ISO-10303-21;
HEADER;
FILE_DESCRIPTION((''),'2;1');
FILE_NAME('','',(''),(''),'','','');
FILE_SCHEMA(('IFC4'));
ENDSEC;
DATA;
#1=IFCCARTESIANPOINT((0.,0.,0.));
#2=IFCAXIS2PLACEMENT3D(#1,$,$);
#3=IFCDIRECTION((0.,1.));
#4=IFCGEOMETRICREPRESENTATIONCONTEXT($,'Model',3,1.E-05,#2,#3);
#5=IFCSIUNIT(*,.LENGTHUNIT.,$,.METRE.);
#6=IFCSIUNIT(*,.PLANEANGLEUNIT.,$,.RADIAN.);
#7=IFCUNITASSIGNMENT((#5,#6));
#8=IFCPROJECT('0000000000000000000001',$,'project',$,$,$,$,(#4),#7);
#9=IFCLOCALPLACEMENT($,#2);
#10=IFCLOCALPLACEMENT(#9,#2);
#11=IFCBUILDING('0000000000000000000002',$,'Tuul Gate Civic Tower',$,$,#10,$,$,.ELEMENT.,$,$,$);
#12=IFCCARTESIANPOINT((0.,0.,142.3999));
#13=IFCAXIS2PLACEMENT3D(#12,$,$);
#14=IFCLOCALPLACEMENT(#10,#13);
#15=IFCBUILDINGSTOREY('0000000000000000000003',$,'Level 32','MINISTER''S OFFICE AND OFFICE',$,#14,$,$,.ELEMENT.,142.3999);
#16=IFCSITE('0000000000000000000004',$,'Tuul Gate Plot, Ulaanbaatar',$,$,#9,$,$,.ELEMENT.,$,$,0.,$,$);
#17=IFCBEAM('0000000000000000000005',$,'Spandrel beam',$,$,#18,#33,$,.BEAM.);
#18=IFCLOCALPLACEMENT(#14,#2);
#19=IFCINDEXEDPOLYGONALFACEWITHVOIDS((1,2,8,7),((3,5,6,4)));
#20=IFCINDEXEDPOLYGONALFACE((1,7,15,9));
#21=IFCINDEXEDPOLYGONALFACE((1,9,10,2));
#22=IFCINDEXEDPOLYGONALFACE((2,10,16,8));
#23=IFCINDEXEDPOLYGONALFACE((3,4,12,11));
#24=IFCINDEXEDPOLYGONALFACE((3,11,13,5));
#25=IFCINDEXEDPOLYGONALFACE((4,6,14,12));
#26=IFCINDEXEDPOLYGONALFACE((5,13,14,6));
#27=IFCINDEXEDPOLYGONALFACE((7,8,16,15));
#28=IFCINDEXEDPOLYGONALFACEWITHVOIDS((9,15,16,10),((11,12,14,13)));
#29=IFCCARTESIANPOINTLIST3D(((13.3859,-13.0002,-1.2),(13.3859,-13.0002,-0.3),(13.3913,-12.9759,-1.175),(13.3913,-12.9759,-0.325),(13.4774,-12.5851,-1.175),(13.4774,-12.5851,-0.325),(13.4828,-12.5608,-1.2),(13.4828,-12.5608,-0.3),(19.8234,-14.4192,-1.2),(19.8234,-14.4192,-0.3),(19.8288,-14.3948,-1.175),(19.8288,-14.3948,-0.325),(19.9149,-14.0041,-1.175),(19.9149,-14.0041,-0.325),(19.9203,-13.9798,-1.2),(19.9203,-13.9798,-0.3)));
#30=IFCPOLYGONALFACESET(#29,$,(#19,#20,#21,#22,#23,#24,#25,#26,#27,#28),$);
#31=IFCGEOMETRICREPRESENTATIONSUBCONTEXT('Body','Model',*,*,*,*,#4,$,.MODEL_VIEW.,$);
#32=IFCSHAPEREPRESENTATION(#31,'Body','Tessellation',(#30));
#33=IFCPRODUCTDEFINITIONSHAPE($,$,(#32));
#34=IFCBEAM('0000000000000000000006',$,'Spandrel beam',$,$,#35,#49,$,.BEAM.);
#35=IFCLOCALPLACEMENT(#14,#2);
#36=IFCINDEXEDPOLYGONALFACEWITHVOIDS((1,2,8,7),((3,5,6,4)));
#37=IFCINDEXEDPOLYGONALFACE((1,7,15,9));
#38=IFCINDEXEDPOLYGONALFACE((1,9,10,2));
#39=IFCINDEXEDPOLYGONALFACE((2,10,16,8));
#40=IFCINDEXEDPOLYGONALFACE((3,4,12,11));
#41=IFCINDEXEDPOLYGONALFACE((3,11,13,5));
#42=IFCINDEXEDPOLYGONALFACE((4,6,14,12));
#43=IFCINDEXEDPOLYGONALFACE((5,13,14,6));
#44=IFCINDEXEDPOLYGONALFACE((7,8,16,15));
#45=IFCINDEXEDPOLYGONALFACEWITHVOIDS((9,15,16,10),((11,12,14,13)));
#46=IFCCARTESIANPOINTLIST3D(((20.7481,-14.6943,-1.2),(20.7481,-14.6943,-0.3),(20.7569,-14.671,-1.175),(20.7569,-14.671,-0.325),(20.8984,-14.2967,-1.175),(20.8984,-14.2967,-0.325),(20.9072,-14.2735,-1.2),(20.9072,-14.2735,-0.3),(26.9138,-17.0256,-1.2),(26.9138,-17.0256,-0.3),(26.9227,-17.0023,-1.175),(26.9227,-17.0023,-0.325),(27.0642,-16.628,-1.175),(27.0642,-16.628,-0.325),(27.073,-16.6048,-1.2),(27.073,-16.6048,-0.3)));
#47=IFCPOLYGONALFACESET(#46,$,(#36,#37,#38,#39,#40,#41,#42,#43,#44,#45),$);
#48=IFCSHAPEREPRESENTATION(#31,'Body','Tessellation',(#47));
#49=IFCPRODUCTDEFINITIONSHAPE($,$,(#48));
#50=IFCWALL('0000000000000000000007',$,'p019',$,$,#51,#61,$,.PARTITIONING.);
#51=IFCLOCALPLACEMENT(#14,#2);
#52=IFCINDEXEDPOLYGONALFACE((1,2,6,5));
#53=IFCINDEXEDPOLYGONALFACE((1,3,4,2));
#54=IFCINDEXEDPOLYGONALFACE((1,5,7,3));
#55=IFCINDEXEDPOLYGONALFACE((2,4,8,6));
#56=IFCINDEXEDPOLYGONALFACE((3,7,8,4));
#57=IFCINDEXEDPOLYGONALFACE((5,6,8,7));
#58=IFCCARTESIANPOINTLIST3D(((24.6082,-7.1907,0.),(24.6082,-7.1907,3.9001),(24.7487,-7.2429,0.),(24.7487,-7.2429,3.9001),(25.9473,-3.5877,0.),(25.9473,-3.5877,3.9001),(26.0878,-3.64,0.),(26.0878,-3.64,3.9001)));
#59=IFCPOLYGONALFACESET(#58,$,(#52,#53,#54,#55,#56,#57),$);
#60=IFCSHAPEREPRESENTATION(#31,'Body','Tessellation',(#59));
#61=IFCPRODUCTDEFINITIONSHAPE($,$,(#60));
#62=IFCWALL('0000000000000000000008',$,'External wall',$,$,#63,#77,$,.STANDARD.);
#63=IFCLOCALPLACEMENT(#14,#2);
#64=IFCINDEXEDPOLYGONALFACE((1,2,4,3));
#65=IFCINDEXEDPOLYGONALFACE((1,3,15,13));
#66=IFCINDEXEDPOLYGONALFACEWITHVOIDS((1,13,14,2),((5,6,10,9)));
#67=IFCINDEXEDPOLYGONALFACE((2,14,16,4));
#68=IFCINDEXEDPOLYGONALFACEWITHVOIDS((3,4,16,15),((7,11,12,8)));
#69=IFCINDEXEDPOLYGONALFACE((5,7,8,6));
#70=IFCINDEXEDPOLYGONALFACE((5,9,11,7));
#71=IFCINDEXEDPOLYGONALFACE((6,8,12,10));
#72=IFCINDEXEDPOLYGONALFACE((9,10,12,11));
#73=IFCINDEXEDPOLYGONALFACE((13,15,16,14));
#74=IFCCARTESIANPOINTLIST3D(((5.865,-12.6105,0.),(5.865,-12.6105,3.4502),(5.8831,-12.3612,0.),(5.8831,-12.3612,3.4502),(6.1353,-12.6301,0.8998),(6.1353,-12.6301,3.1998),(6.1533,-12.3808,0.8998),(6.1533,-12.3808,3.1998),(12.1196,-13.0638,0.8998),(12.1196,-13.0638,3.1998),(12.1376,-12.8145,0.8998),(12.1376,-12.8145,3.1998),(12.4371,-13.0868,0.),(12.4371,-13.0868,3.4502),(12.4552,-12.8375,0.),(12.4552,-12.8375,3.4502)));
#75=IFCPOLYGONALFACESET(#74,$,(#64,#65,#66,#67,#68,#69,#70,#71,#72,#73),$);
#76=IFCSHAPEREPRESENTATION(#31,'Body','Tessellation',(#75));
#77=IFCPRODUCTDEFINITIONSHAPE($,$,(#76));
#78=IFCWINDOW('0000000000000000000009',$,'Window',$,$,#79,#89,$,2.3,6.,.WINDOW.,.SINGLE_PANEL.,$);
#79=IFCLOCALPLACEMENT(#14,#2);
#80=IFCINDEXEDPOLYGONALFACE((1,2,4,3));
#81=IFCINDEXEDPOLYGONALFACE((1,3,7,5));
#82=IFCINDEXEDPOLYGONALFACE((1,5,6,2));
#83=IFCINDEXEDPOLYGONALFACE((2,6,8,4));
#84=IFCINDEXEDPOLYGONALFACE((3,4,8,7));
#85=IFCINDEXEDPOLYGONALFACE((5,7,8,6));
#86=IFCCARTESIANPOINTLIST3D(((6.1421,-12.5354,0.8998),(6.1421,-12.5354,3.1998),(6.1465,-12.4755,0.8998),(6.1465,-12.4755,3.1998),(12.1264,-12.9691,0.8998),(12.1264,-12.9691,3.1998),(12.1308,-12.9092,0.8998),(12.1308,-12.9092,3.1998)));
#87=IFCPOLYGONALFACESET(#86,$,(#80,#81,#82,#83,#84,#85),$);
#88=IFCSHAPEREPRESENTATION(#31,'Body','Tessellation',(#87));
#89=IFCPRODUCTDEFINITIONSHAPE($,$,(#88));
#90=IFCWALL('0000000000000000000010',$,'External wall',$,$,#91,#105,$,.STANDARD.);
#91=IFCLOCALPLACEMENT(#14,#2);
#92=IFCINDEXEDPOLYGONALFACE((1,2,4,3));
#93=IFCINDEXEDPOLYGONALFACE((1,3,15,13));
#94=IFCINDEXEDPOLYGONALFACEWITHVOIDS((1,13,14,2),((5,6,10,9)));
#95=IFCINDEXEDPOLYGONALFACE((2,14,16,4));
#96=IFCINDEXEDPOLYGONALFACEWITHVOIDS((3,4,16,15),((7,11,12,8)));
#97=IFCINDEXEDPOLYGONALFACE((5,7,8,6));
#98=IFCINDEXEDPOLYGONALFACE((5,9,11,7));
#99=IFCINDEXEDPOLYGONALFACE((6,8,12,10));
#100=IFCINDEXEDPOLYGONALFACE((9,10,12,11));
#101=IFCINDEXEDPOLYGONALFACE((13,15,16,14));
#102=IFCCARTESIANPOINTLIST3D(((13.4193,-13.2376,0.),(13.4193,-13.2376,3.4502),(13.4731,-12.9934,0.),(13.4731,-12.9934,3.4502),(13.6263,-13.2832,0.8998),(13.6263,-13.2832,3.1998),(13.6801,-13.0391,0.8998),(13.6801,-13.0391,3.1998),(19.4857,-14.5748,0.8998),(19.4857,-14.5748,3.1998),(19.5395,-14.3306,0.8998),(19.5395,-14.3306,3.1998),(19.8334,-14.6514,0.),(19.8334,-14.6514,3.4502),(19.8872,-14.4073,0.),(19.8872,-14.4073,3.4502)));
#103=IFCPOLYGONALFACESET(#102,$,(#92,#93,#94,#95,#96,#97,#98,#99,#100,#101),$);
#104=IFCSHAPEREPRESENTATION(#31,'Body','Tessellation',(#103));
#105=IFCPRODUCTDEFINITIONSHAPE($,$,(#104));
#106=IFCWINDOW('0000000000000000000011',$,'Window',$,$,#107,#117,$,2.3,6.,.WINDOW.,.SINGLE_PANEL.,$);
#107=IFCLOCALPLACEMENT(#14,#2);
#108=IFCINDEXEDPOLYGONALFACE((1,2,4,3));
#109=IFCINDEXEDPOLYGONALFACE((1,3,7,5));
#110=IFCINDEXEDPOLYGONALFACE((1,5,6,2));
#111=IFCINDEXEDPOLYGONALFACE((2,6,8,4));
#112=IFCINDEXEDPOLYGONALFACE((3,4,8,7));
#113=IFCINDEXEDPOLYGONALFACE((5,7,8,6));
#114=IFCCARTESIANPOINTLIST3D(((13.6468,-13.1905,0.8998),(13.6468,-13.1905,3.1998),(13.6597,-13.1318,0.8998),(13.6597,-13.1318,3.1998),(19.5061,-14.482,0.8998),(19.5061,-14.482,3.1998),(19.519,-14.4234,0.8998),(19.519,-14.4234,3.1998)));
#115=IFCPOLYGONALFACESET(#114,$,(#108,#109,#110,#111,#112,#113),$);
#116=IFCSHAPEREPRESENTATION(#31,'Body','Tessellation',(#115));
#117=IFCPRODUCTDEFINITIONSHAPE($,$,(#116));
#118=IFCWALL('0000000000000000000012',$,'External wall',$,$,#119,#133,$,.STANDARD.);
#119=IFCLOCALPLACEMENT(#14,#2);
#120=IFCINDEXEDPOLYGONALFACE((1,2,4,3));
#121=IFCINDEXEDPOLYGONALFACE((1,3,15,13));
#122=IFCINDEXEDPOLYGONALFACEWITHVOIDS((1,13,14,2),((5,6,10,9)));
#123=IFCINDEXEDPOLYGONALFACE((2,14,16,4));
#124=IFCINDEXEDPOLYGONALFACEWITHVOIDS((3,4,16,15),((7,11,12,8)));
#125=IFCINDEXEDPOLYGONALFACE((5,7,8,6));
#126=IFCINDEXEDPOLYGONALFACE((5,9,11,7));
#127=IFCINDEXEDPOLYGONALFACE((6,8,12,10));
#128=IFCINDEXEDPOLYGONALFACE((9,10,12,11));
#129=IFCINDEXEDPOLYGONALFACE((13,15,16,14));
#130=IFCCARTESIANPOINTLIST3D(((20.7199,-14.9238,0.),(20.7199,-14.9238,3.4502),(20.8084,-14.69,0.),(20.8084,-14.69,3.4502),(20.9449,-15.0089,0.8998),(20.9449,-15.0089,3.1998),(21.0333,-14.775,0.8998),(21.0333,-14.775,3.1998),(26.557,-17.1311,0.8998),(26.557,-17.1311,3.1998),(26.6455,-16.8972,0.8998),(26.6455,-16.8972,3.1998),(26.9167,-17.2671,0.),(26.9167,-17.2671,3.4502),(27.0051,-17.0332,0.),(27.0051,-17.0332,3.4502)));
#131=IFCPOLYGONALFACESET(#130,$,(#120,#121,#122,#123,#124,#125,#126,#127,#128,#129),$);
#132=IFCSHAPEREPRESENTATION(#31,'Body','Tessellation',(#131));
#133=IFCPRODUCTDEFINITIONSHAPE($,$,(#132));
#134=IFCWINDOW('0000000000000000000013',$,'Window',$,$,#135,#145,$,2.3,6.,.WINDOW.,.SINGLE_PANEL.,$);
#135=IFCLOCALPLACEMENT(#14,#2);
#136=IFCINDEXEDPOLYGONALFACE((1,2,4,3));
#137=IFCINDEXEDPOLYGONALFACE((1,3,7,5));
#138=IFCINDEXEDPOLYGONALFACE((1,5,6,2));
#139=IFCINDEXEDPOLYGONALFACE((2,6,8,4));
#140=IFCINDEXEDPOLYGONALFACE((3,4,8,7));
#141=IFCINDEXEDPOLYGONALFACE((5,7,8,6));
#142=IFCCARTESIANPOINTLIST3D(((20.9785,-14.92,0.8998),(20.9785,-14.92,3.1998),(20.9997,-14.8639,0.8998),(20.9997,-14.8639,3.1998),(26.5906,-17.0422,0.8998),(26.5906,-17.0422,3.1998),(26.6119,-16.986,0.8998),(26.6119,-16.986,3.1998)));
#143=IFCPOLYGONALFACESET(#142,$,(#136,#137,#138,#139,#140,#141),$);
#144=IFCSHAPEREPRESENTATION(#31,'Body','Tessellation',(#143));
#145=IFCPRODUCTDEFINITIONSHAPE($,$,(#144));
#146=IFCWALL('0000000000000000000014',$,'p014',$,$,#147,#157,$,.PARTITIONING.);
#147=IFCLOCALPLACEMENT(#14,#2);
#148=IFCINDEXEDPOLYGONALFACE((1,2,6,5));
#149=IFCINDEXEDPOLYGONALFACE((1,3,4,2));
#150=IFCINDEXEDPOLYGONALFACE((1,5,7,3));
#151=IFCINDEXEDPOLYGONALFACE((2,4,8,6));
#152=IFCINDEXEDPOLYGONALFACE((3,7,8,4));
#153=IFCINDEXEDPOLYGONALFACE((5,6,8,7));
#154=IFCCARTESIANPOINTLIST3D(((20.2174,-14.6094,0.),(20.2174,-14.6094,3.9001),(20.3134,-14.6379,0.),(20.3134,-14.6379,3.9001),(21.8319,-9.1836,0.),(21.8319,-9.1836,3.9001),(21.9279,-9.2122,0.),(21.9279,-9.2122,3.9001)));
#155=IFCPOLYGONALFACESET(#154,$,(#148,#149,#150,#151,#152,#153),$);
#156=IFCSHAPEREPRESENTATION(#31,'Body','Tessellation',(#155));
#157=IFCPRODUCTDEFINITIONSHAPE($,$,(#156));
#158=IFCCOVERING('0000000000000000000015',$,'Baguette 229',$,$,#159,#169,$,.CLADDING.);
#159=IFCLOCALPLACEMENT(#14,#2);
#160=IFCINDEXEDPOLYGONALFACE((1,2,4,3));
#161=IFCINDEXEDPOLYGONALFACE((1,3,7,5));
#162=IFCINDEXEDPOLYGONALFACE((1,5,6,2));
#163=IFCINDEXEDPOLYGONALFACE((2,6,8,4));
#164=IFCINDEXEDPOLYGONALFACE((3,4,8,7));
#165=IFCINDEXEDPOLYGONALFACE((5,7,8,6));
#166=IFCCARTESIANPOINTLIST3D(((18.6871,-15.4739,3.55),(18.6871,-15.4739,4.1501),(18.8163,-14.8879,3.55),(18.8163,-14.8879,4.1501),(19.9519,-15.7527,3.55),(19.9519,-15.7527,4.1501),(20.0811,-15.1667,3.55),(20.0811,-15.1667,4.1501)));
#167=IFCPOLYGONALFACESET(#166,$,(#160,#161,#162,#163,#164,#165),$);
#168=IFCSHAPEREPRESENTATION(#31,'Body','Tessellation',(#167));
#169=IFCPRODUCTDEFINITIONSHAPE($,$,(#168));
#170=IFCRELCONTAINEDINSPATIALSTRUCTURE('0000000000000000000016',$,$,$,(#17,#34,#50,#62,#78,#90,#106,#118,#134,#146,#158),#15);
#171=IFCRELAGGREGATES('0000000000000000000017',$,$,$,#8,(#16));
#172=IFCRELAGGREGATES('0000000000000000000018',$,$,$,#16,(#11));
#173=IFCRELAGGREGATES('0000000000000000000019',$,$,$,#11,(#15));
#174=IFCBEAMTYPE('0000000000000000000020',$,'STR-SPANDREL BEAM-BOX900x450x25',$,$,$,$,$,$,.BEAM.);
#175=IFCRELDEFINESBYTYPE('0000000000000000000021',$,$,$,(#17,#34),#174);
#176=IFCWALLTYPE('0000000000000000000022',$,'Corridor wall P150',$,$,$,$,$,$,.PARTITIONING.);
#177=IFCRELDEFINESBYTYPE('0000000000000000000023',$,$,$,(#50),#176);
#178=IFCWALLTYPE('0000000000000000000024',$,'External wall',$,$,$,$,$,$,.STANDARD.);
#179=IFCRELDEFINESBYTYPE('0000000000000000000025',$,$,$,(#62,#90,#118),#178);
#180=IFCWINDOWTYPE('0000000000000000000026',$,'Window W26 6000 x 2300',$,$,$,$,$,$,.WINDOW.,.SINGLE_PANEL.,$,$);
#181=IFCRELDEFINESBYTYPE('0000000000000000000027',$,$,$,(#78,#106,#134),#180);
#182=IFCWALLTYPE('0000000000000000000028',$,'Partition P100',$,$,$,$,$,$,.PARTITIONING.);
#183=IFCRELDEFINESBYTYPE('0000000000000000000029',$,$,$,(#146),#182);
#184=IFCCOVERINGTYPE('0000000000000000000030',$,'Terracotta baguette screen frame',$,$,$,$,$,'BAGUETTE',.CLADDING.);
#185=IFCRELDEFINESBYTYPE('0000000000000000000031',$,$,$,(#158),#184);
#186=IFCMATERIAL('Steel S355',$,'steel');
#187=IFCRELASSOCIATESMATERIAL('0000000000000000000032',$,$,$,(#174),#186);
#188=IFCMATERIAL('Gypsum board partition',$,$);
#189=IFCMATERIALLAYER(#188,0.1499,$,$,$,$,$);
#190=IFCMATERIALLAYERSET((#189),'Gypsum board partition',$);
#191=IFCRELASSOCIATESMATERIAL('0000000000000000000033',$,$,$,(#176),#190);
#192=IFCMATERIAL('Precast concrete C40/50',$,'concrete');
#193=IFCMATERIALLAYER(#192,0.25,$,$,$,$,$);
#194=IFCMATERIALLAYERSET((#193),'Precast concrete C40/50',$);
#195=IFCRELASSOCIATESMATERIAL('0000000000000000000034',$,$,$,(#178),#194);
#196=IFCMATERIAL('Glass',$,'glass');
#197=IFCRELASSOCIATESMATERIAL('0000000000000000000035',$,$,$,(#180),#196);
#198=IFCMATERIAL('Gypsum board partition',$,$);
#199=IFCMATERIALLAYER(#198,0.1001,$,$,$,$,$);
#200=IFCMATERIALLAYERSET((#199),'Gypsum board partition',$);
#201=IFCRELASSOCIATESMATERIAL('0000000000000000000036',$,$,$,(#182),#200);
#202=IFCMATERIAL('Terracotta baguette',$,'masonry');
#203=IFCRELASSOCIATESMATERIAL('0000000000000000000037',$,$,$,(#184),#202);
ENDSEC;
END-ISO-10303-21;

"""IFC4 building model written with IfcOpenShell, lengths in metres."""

from ifc_helpers import new_model, si_unit, direction, frame, frame_2d, origin, origin_2d, place, context, subcontext, project, spatial, rectangle, hollow_rectangle, extrude, material, layer, layer_set, material_profile, profile_set, type_object, element, fill, save


model = new_model("IFC4")

# Units and contexts
model_context = context("Model", 3, precision=1e-05, world=origin(), true_north=direction((0.0, 1.0)))
body_context = subcontext(model_context, "Body", "Model", "MODEL_VIEW")
ifc_project = project(units=[si_unit("LENGTHUNIT", "METRE"), si_unit("PLANEANGLEUNIT", "RADIAN")], contexts=[model_context])

# Site, building, storey
site_placement = place(None, origin())
site = spatial("IfcSite", under=ifc_project, at=site_placement, Name="Tuul Gate Plot, Ulaanbaatar", CompositionType="ELEMENT", RefElevation=0.0)
building_placement = place(site_placement, origin())
building = spatial("IfcBuilding", under=site, at=building_placement, Name="Tuul Gate Civic Tower", CompositionType="ELEMENT")
storey_placement = place(building_placement, frame((0.0, 0.0, 142.3999)))
storey = spatial("IfcBuildingStorey", under=building, at=storey_placement, Name="Level 32", Description="MINISTER'S OFFICE AND OFFICE", CompositionType="ELEMENT", Elevation=142.3999)

# Beams
ifc_material_1 = material(Name="Steel S355", Category="steel")
ifc_material_profile_1 = material_profile(ifc_material_1, hollow_rectangle(XDim=0.45, YDim=0.8999, WallThickness=0.0249, at=origin_2d()), Name="BOX900x450x25")
ifc_profile_set_1 = profile_set([ifc_material_profile_1], Name="Steel S355")
beam_type_1 = type_object("IfcBeamType", Name="STR-SPANDREL BEAM-BOX900x450x25", PredefinedType="BEAM", material=ifc_profile_set_1)
beam_1_placement = place(storey_placement, frame((13.4343, -12.7805, -0.75), z_axis=(0.976559, -0.215252, 0.0), x_axis=(0.215252, 0.976559, 0.0)))
element("IfcBeam", 1, at=beam_1_placement, inside=storey, type_object=beam_type_1, Name="Spandrel beam", PredefinedType="BEAM", context=body_context, shape_type="SweptSolid", body=[
    extrude(hollow_rectangle(XDim=0.45, YDim=0.8999, WallThickness=0.0249, at=origin_2d()), origin(), (0.0, 0.0, 1.0), 6.592),
])
beam_2_placement = place(storey_placement, frame((20.8276, -14.4839, -0.75), z_axis=(0.935371, -0.353667, 0.0), x_axis=(0.353667, 0.935371, 0.0)))
element("IfcBeam", 2, at=beam_2_placement, inside=storey, type_object=beam_type_1, Name="Spandrel beam", PredefinedType="BEAM", context=body_context, shape_type="SweptSolid", body=[
    extrude(hollow_rectangle(XDim=0.45, YDim=0.8999, WallThickness=0.0249, at=origin_2d()), origin(), (0.0, 0.0, 1.0), 6.5918),
])

# Wall
ifc_material_2 = material(Name="Gypsum board partition")
ifc_layer_1 = layer(ifc_material_2, 0.1499)
ifc_layer_set_1 = layer_set([ifc_layer_1], Name="Gypsum board partition")
wall_type_1 = type_object("IfcWallType", Name="Corridor wall P150", PredefinedType="PARTITIONING", material=ifc_layer_set_1)
wall_1_placement = place(storey_placement, frame((24.6785, -7.2168, 0.0), z_axis=(0.0, 0.0, 1.0), x_axis=(0.348379, 0.937354, 0.0)))
element("IfcWall", 3, at=wall_1_placement, inside=storey, type_object=wall_type_1, Name="p019", PredefinedType="PARTITIONING", context=body_context, shape_type="SweptSolid", body=[
    extrude(rectangle(XDim=3.8438, YDim=0.1499, at=frame_2d((1.9219, 0.0))), origin(), (0.0, 0.0, 1.0), 3.9001),
])

# Walls, openings, windows
ifc_material_3 = material(Name="Precast concrete C40/50", Category="concrete")
ifc_layer_2 = layer(ifc_material_3, 0.25)
ifc_layer_set_2 = layer_set([ifc_layer_2], Name="Precast concrete C40/50")
wall_type_2 = type_object("IfcWallType", Name="External wall", PredefinedType="STANDARD", material=ifc_layer_set_2)
wall_2_placement = place(storey_placement, frame((5.874, -12.4858, 0.0), z_axis=(0.0, 0.0, 1.0), x_axis=(0.997384, -0.072287, 0.0)))
wall_2 = element("IfcWall", 4, at=wall_2_placement, inside=storey, type_object=wall_type_2, Name="External wall", PredefinedType="STANDARD", context=body_context, shape_type="SweptSolid", body=[
    extrude(rectangle(XDim=6.5894, YDim=0.25, at=frame_2d((3.2947, 0.0))), origin(), (0.0, 0.0, 1.0), 3.4502),
])
opening_1_placement = place(wall_2_placement, frame((0.271, 0.0, 0.8999)))
opening_1 = element("IfcOpeningElement", 5, at=opening_1_placement, cuts=wall_2, PredefinedType="OPENING", context=body_context, shape_type="SweptSolid", body=[
    extrude(rectangle(XDim=6.0, YDim=2.3, at=frame_2d((3.0, 1.1499))), frame((0.0, 0.135, 0.0), z_axis=(0.0, -1.0, 0.0), x_axis=(1.0, 0.0, 0.0)), (0.0, 0.0, 1.0), 0.27),
])
ifc_material_4 = material(Name="Glass", Category="glass")
window_type = type_object("IfcWindowType", Name="Window W26 6000 x 2300", PartitioningType="SINGLE_PANEL", PredefinedType="WINDOW", material=ifc_material_4)
window_1_placement = place(opening_1_placement, origin())
window_1 = element("IfcWindow", 6, at=window_1_placement, inside=storey, type_object=window_type, Name="Window", OverallHeight=2.3, OverallWidth=6.0, PartitioningType="SINGLE_PANEL", PredefinedType="WINDOW", context=body_context, shape_type="SweptSolid", body=[
    extrude(rectangle(XDim=6.0, YDim=2.3, at=frame_2d((3.0, 1.1499))), frame((0.0, 0.03, 0.0), z_axis=(0.0, -1.0, 0.0), x_axis=(1.0, 0.0, 0.0)), (0.0, 0.0, 1.0), 0.0601),
])
fill(opening_1, window_1)
wall_3_placement = place(storey_placement, frame((13.446, -13.1155, 0.0), z_axis=(0.0, 0.0, 1.0), x_axis=(0.976557, -0.215257, 0.0)))
wall_3 = element("IfcWall", 7, at=wall_3_placement, inside=storey, type_object=wall_type_2, Name="External wall", PredefinedType="STANDARD", context=body_context, shape_type="SweptSolid", body=[
    extrude(rectangle(XDim=6.5681, YDim=0.25, at=frame_2d((3.2842, 0.0))), origin(), (0.0, 0.0, 1.0), 3.4502),
])
opening_2_placement = place(wall_3_placement, frame((0.2122, 0.0, 0.8999)))
opening_2 = element("IfcOpeningElement", 8, at=opening_2_placement, cuts=wall_3, PredefinedType="OPENING", context=body_context, shape_type="SweptSolid", body=[
    extrude(rectangle(XDim=6.0, YDim=2.3, at=frame_2d((3.0, 1.1499))), frame((0.0, 0.135, 0.0), z_axis=(0.0, -1.0, 0.0), x_axis=(1.0, 0.0, 0.0)), (0.0, 0.0, 1.0), 0.27),
])
window_2_placement = place(opening_2_placement, origin())
window_2 = element("IfcWindow", 9, at=window_2_placement, inside=storey, type_object=window_type, Name="Window", OverallHeight=2.3, OverallWidth=6.0, PartitioningType="SINGLE_PANEL", PredefinedType="WINDOW", context=body_context, shape_type="SweptSolid", body=[
    extrude(rectangle(XDim=6.0, YDim=2.3, at=frame_2d((3.0, 1.1499))), frame((0.0, 0.03, 0.0), z_axis=(0.0, -1.0, 0.0), x_axis=(1.0, 0.0, 0.0)), (0.0, 0.0, 1.0), 0.0601),
])
fill(opening_2, window_2)
wall_4_placement = place(storey_placement, frame((20.7642, -14.8069, 0.0), z_axis=(0.0, 0.0, 1.0), x_axis=(0.935359, -0.353699, 0.0)))
wall_4 = element("IfcWall", 10, at=wall_4_placement, inside=storey, type_object=wall_type_2, Name="External wall", PredefinedType="STANDARD", context=body_context, shape_type="SweptSolid", body=[
    extrude(rectangle(XDim=6.625, YDim=0.25, at=frame_2d((3.3125, 0.0))), origin(), (0.0, 0.0, 1.0), 3.4502),
])
opening_3_placement = place(wall_4_placement, frame((0.2405, 0.0, 0.8999)))
opening_3 = element("IfcOpeningElement", 11, at=opening_3_placement, cuts=wall_4, PredefinedType="OPENING", context=body_context, shape_type="SweptSolid", body=[
    extrude(rectangle(XDim=6.0, YDim=2.3, at=frame_2d((3.0, 1.1499))), frame((0.0, 0.135, 0.0), z_axis=(0.0, -1.0, 0.0), x_axis=(1.0, 0.0, 0.0)), (0.0, 0.0, 1.0), 0.27),
])
window_3_placement = place(opening_3_placement, origin())
window_3 = element("IfcWindow", 12, at=window_3_placement, inside=storey, type_object=window_type, Name="Window", OverallHeight=2.3, OverallWidth=6.0, PartitioningType="SINGLE_PANEL", PredefinedType="WINDOW", context=body_context, shape_type="SweptSolid", body=[
    extrude(rectangle(XDim=6.0, YDim=2.3, at=frame_2d((3.0, 1.1499))), frame((0.0, 0.03, 0.0), z_axis=(0.0, -1.0, 0.0), x_axis=(1.0, 0.0, 0.0)), (0.0, 0.0, 1.0), 0.0601),
])
fill(opening_3, window_3)

# Wall
ifc_material_5 = material(Name="Gypsum board partition")
ifc_layer_3 = layer(ifc_material_5, 0.1001)
ifc_layer_set_3 = layer_set([ifc_layer_3], Name="Gypsum board partition")
wall_type_3 = type_object("IfcWallType", Name="Partition P100", PredefinedType="PARTITIONING", material=ifc_layer_set_3)
wall_5_placement = place(storey_placement, frame((20.2654, -14.6238, 0.0), z_axis=(0.0, 0.0, 1.0), x_axis=(0.285203, 0.958467, 0.0)))
element("IfcWall", 13, at=wall_5_placement, inside=storey, type_object=wall_type_3, Name="p014", PredefinedType="PARTITIONING", context=body_context, shape_type="SweptSolid", body=[
    extrude(rectangle(XDim=5.6609, YDim=0.1001, at=frame_2d((2.8306, 0.0))), origin(), (0.0, 0.0, 1.0), 3.9001),
])

# Covering
ifc_material_6 = material(Name="Terracotta baguette", Category="masonry")
ifc_material_profile_2 = material_profile(ifc_material_6, rectangle(XDim=0.6001, YDim=0.6001, at=origin_2d()), Name="Terracotta baguette screen frame")
ifc_profile_set_2 = profile_set([ifc_material_profile_2], Name="Terracotta baguette")
covering_type = type_object("IfcCoveringType", Name="Terracotta baguette screen frame", ElementType="BAGUETTE", PredefinedType="CLADDING", material=ifc_profile_set_2)
covering_1_placement = place(storey_placement, frame((18.7517, -15.1809, 3.8501), z_axis=(0.976558, -0.215254, 0.0), x_axis=(0.215254, 0.976558, 0.0)))
element("IfcCovering", 14, at=covering_1_placement, inside=storey, type_object=covering_type, Name="Baguette 229", PredefinedType="CLADDING", context=body_context, shape_type="SweptSolid", body=[
    extrude(rectangle(XDim=0.6001, YDim=0.6001, at=origin_2d()), origin(), (0.0, 0.0, 1.0), 1.2952),
])

save(model, "model.ifc")
